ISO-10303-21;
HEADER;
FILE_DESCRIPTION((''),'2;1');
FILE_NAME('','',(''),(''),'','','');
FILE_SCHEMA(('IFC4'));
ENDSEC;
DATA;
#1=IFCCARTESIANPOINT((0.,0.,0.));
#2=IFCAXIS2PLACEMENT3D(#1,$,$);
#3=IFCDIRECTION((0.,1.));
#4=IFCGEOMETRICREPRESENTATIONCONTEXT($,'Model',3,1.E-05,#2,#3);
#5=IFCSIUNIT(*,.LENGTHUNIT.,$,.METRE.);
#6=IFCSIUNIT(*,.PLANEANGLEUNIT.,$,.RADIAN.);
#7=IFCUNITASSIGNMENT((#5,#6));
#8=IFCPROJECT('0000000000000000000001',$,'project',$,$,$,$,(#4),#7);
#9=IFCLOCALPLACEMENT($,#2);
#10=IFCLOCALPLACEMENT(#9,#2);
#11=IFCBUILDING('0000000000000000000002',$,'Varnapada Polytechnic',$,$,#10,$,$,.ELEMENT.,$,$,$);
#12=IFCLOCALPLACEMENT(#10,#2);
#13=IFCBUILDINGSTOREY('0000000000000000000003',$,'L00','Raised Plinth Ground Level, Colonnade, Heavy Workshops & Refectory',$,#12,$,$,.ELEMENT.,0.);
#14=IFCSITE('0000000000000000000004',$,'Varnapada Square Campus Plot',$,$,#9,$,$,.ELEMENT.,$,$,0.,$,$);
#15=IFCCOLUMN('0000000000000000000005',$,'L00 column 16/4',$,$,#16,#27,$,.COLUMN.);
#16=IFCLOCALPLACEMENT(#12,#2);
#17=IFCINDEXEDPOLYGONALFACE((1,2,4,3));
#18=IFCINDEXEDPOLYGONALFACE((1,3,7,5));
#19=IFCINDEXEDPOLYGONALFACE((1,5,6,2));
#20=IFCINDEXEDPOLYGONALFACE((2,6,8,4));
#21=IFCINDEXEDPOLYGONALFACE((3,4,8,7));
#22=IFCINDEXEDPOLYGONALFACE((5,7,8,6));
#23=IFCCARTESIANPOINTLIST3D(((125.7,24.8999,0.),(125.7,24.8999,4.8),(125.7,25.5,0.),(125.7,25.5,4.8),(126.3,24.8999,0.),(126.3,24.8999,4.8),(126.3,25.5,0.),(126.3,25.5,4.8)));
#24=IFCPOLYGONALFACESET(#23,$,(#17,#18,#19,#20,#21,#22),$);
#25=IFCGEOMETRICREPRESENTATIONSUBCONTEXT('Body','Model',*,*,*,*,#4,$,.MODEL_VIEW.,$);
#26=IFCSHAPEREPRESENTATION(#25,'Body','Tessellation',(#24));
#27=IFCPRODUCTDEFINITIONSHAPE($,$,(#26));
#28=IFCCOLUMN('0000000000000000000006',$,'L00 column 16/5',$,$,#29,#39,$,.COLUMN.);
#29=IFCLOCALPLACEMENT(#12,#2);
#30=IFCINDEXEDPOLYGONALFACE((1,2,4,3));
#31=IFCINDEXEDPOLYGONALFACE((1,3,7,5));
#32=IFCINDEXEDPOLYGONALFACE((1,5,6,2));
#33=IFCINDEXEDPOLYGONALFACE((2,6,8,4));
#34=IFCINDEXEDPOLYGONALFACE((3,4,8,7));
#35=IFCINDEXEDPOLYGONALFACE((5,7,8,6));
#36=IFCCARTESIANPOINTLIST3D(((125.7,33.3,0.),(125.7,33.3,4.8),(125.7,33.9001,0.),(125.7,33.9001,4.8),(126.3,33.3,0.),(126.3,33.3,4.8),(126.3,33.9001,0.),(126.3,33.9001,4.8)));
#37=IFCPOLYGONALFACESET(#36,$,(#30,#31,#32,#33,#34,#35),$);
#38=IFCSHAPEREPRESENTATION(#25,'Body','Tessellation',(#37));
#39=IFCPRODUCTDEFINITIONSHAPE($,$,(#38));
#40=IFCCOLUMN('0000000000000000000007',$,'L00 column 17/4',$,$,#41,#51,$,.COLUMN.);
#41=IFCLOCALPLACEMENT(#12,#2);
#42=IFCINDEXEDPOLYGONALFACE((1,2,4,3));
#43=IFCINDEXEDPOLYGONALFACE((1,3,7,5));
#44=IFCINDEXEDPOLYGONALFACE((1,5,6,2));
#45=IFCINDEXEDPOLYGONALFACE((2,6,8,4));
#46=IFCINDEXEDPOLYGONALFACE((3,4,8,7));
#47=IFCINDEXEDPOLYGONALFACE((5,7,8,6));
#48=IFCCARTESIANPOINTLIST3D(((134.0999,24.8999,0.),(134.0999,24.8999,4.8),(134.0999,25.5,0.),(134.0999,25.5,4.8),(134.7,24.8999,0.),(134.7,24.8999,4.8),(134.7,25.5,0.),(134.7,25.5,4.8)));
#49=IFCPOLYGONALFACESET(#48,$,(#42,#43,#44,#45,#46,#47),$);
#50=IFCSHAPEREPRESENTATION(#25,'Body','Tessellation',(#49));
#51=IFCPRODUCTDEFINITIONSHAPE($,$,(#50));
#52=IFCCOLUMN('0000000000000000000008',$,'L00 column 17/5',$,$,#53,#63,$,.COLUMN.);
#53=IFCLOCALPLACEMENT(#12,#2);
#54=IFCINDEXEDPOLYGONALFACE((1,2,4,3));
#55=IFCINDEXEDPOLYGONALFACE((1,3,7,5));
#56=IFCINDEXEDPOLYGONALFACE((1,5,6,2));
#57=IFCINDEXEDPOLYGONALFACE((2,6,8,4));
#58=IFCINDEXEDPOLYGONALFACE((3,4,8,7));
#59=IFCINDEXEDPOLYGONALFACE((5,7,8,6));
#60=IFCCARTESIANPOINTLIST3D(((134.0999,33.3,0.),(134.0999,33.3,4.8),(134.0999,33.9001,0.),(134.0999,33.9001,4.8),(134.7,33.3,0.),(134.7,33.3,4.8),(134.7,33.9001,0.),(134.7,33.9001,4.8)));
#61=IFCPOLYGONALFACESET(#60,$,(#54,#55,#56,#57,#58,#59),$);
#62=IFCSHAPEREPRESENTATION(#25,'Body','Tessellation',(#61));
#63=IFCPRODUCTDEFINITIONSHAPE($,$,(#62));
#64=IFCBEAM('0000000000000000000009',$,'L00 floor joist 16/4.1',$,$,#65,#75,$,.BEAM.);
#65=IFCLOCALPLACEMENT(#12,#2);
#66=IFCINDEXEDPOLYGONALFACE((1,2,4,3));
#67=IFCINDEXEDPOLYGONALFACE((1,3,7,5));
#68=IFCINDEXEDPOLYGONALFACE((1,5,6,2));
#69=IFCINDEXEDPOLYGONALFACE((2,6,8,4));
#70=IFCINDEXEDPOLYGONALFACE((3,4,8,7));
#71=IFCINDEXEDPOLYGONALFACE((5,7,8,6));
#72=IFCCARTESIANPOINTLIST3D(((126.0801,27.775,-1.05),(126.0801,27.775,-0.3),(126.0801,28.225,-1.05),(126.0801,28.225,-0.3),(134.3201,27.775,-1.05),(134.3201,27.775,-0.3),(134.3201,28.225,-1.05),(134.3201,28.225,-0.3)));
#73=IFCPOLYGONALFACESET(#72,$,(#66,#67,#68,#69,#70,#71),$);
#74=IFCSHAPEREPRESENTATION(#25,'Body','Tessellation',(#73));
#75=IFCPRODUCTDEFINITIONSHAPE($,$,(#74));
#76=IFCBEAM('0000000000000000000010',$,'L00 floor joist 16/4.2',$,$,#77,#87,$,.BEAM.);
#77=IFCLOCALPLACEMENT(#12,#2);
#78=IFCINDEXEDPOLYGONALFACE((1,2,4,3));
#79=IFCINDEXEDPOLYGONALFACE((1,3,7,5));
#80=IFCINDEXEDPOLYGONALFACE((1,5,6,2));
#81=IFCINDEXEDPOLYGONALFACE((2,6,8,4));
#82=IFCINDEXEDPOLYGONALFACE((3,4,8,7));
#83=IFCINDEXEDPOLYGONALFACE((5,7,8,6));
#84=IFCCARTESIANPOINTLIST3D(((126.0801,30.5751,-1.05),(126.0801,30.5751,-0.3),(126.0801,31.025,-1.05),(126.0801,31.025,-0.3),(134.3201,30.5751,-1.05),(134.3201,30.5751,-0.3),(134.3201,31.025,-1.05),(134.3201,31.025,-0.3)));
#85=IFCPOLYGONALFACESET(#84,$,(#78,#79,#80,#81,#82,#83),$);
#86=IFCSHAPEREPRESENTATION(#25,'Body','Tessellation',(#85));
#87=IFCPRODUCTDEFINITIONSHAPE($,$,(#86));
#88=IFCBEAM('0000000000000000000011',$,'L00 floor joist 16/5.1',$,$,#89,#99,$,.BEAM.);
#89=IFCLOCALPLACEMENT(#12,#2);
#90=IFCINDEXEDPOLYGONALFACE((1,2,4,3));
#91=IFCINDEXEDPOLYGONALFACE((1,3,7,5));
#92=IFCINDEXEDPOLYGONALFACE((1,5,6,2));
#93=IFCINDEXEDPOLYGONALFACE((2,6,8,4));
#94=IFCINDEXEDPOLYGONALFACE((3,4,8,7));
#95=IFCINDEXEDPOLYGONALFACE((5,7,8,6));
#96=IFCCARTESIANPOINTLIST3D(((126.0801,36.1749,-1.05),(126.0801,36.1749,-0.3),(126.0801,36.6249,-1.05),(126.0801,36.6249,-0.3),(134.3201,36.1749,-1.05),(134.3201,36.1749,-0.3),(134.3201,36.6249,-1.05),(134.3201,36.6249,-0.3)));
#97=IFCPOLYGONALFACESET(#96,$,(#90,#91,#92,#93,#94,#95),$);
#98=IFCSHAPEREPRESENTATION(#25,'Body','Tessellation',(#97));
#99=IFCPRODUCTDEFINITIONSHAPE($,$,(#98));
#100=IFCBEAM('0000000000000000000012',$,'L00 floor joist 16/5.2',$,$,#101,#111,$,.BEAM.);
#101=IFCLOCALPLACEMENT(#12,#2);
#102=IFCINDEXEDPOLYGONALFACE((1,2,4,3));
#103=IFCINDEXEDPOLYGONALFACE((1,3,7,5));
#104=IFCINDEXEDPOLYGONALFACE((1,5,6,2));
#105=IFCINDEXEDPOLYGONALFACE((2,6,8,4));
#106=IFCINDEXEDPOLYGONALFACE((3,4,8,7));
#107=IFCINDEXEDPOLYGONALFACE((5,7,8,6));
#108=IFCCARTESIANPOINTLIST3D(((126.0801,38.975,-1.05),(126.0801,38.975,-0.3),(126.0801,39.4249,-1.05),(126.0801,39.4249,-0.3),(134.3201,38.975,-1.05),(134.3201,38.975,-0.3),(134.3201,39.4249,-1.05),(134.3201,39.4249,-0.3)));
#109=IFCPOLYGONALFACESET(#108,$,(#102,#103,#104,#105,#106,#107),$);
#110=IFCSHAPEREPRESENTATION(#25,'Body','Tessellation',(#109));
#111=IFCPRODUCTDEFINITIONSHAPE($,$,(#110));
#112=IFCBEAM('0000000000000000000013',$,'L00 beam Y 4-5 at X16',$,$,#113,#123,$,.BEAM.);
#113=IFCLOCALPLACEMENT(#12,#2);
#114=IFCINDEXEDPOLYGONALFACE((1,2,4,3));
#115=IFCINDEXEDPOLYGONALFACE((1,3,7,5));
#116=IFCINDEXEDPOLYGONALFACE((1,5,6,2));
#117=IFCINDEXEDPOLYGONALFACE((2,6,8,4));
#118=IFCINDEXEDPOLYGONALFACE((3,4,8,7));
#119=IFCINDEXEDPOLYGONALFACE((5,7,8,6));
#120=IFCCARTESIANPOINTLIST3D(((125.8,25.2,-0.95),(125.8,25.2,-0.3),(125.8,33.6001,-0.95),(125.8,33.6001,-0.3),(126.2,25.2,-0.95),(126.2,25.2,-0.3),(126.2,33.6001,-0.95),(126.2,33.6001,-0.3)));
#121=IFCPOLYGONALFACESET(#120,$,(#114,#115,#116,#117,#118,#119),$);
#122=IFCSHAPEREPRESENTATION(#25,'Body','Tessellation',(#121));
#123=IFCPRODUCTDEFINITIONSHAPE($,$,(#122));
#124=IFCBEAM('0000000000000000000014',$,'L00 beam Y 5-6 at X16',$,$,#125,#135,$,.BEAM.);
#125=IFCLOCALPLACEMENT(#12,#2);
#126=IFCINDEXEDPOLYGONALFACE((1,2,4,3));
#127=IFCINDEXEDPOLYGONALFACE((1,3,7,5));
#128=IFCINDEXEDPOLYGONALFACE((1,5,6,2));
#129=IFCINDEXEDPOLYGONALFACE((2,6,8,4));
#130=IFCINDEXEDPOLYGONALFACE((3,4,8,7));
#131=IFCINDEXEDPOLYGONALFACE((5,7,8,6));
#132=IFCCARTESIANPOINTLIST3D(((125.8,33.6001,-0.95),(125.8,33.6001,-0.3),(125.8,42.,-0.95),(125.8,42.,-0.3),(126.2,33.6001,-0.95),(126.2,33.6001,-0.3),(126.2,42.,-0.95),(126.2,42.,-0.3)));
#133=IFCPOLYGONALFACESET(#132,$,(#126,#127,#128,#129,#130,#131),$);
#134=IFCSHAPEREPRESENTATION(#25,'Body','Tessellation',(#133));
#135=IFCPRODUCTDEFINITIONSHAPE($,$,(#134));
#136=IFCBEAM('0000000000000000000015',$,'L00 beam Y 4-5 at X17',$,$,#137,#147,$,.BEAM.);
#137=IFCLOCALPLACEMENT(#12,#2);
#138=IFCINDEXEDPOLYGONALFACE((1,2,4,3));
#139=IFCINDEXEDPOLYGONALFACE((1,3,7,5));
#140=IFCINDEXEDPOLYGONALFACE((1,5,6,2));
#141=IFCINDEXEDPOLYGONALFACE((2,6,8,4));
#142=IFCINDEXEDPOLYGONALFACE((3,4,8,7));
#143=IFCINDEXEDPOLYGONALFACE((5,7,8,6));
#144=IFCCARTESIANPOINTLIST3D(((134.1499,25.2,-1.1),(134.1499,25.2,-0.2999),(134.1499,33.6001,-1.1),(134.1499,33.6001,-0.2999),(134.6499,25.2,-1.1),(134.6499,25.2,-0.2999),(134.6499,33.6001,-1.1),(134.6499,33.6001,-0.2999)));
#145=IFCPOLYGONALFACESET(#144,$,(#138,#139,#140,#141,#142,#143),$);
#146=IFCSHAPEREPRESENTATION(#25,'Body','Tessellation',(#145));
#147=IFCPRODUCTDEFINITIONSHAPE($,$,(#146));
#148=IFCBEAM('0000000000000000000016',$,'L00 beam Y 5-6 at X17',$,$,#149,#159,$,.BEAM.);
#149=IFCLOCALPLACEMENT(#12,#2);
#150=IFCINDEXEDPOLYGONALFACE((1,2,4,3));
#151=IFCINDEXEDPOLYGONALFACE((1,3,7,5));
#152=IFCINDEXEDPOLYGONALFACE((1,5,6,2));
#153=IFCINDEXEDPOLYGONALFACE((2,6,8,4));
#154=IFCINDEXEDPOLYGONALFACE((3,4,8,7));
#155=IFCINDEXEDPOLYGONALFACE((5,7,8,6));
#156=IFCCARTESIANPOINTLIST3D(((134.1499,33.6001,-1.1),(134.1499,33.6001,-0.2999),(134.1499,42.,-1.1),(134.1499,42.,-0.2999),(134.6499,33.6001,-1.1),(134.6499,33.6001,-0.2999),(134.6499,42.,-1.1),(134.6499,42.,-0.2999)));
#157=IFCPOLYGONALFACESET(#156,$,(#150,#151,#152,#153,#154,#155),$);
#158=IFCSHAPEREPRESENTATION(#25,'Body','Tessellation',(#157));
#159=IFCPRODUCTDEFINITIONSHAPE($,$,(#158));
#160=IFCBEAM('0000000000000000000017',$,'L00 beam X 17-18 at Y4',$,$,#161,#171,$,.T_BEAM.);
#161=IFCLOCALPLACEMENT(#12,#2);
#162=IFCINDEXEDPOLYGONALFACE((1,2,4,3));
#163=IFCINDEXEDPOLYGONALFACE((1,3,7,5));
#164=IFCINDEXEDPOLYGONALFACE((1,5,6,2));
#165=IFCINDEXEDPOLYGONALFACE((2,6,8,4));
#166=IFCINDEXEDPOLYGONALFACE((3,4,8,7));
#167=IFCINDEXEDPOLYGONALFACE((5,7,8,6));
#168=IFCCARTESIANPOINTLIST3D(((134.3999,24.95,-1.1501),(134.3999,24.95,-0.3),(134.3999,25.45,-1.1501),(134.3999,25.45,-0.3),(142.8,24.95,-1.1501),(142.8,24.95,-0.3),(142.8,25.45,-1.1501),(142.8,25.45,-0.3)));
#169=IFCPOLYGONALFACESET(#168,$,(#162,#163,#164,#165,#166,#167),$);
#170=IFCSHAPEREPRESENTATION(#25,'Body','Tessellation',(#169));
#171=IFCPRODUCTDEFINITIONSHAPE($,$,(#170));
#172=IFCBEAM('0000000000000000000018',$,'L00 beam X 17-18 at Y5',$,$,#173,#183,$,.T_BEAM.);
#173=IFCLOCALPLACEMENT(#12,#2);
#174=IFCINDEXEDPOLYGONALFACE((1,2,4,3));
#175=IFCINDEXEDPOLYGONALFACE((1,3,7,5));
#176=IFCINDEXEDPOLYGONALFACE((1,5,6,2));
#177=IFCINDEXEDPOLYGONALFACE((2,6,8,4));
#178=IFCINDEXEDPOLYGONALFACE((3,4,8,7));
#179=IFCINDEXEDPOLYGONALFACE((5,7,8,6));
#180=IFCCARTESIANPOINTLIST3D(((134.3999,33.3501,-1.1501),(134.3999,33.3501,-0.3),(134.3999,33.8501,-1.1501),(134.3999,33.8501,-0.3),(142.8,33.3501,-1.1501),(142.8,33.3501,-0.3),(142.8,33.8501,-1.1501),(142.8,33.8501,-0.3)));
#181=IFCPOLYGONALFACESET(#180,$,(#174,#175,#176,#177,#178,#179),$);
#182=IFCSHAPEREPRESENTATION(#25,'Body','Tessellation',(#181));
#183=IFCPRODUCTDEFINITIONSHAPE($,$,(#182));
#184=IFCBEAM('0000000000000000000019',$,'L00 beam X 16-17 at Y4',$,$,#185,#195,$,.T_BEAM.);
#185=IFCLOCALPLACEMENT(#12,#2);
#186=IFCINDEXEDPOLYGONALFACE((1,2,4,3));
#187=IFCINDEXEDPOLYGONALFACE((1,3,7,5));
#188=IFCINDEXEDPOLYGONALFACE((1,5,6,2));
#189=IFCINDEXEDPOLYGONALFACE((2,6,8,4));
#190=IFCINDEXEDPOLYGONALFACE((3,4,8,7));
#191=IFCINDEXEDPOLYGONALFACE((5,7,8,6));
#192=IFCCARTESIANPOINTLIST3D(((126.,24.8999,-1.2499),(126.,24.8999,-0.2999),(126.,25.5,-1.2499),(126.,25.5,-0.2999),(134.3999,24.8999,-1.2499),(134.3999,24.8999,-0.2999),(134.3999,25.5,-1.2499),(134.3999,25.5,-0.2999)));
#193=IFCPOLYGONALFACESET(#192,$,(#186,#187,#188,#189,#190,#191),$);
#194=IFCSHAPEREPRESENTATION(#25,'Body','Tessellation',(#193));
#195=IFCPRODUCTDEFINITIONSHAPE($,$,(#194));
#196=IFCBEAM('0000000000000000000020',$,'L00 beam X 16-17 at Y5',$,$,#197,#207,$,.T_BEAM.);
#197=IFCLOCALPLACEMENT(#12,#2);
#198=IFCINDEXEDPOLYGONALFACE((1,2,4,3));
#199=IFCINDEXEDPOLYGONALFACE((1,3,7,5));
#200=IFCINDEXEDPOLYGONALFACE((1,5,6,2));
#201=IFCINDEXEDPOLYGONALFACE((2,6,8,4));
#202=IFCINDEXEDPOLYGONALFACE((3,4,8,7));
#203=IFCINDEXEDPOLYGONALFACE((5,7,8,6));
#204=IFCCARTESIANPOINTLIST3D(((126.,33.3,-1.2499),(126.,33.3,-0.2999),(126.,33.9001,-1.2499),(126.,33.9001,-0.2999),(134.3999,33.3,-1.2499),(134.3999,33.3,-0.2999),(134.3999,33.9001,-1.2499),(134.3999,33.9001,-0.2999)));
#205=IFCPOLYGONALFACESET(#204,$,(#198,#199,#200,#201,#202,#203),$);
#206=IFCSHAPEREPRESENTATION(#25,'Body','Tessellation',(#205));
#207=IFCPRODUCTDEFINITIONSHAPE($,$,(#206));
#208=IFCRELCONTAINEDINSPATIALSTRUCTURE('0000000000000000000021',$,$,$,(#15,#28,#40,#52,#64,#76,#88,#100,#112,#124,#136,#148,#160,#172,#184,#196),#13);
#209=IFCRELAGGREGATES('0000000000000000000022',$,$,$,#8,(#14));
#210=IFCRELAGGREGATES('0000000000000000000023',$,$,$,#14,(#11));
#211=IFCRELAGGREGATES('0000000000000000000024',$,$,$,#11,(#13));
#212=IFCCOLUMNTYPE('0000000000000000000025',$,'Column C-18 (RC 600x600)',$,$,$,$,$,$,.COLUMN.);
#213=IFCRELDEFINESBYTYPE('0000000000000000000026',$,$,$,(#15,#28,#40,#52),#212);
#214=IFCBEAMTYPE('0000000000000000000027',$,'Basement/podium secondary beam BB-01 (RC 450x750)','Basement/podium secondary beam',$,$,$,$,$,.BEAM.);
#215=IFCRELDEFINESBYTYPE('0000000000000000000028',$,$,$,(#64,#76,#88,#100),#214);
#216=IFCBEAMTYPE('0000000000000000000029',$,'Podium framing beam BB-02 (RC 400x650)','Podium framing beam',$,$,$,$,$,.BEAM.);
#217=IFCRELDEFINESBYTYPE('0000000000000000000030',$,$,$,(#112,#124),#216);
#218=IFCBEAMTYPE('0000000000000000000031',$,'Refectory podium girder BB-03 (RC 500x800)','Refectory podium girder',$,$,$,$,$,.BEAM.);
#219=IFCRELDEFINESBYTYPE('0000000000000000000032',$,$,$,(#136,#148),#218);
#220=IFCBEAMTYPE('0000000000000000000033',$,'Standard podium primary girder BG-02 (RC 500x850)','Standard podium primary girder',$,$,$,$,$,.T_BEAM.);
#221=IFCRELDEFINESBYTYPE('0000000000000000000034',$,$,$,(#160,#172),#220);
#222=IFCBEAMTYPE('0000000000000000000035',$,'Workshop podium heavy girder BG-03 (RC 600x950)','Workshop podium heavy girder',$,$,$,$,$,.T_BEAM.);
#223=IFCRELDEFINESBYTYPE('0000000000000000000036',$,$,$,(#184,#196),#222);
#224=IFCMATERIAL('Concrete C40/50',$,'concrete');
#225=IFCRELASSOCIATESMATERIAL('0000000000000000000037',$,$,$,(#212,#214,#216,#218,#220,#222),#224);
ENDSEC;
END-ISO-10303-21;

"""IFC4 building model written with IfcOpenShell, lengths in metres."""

from ifc_helpers import new_model, si_unit, direction, frame, origin, origin_2d, place, context, subcontext, project, spatial, rectangle, extrude, material, material_profile, profile_set, type_object, element, save


model = new_model("IFC4")

# Units and contexts
model_context = context("Model", 3, precision=1e-05, world=origin(), true_north=direction((0.0, 1.0)))
body_context = subcontext(model_context, "Body", "Model", "MODEL_VIEW")
ifc_project = project(units=[si_unit("LENGTHUNIT", "METRE"), si_unit("PLANEANGLEUNIT", "RADIAN")], contexts=[model_context])

# Site, building, storey
site_placement = place(None, origin())
site = spatial("IfcSite", under=ifc_project, at=site_placement, Name="Varnapada Square Campus Plot", CompositionType="ELEMENT", RefElevation=0.0)
building_placement = place(site_placement, origin())
building = spatial("IfcBuilding", under=site, at=building_placement, Name="Varnapada Polytechnic", CompositionType="ELEMENT")
storey_placement = place(building_placement, origin())
storey = spatial("IfcBuildingStorey", under=building, at=storey_placement, Name="L00", Description="Raised Plinth Ground Level, Colonnade, Heavy Workshops & Refectory", CompositionType="ELEMENT", Elevation=0.0)

# Columns
ifc_material_1 = material(Name="Concrete C40/50", Category="concrete")
ifc_material_profile_1 = material_profile(ifc_material_1, rectangle(XDim=0.6001, YDim=0.6001, at=origin_2d()), Name="RC 600x600")
ifc_profile_set_1 = profile_set([ifc_material_profile_1], Name="Concrete C40/50")
column_type = type_object("IfcColumnType", Name="Column C-18 (RC 600x600)", PredefinedType="COLUMN", material=ifc_profile_set_1)
for number, where, z_axis, x_axis, name in (
    (1, (126.0, 25.2, 0.0), (0.0, 0.0, 1.0), (1.0, 0.0, 0.0), "L00 column 16/4"),
    (2, (126.0, 33.6001, 0.0), (0.0, 0.0, 1.0), (1.0, 0.0, 0.0), "L00 column 16/5"),
    (3, (134.3999, 25.2, 0.0), (0.0, 0.0, 1.0), (1.0, 0.0, 0.0), "L00 column 17/4"),
    (4, (134.3999, 33.6001, 0.0), (0.0, 0.0, 1.0), (1.0, 0.0, 0.0), "L00 column 17/5"),
):
    element("IfcColumn", number, at=place(storey_placement, frame(where, z_axis=z_axis, x_axis=x_axis)), inside=storey, type_object=column_type, Name=name, PredefinedType="COLUMN", context=body_context, shape_type="SweptSolid", body=[
        extrude(rectangle(XDim=0.6001, YDim=0.6001, at=origin_2d()), origin(), (0.0, 0.0, 1.0), 4.8),
    ])

# Beams
ifc_material_profile_2 = material_profile(ifc_material_1, rectangle(XDim=0.45, YDim=0.75, at=origin_2d()), Name="RC 450x750")
ifc_profile_set_2 = profile_set([ifc_material_profile_2], Name="Concrete C40/50")
beam_type_1 = type_object("IfcBeamType", Name="Basement/podium secondary beam BB-01 (RC 450x750)", Description="Basement/podium secondary beam", PredefinedType="BEAM", material=ifc_profile_set_2)
for number, where, z_axis, x_axis, name in (
    (5, (126.0801, 28.0, -0.675), (1.0, 0.0, 0.0), (0.0, 1.0, 0.0), "L00 floor joist 16/4.1"),
    (6, (126.0801, 30.8, -0.675), (1.0, 0.0, 0.0), (0.0, 1.0, 0.0), "L00 floor joist 16/4.2"),
    (7, (126.0801, 36.3999, -0.675), (1.0, 0.0, 0.0), (0.0, 1.0, 0.0), "L00 floor joist 16/5.1"),
    (8, (126.0801, 39.2, -0.675), (1.0, 0.0, 0.0), (0.0, 1.0, 0.0), "L00 floor joist 16/5.2"),
):
    element("IfcBeam", number, at=place(storey_placement, frame(where, z_axis=z_axis, x_axis=x_axis)), inside=storey, type_object=beam_type_1, Name=name, PredefinedType="BEAM", context=body_context, shape_type="SweptSolid", body=[
        extrude(rectangle(XDim=0.45, YDim=0.75, at=origin_2d()), origin(), (0.0, 0.0, 1.0), 8.24),
    ])
ifc_material_profile_3 = material_profile(ifc_material_1, rectangle(XDim=0.3999, YDim=0.6499, at=origin_2d()), Name="RC 400x650")
ifc_profile_set_3 = profile_set([ifc_material_profile_3], Name="Concrete C40/50")
beam_type_2 = type_object("IfcBeamType", Name="Podium framing beam BB-02 (RC 400x650)", Description="Podium framing beam", PredefinedType="BEAM", material=ifc_profile_set_3)
beam_1_placement = place(storey_placement, frame((126.0, 25.2, -0.625), z_axis=(0.0, 1.0, 0.0), x_axis=(-1.0, 0.0, 0.0)))
element("IfcBeam", 9, at=beam_1_placement, inside=storey, type_object=beam_type_2, Name="L00 beam Y 4-5 at X16", PredefinedType="BEAM", context=body_context, shape_type="SweptSolid", body=[
    extrude(rectangle(XDim=0.3999, YDim=0.6499, at=origin_2d()), origin(), (0.0, 0.0, 1.0), 8.4001),
])
beam_2_placement = place(storey_placement, frame((126.0, 33.6001, -0.625), z_axis=(0.0, 1.0, 0.0), x_axis=(-1.0, 0.0, 0.0)))
element("IfcBeam", 10, at=beam_2_placement, inside=storey, type_object=beam_type_2, Name="L00 beam Y 5-6 at X16", PredefinedType="BEAM", context=body_context, shape_type="SweptSolid", body=[
    extrude(rectangle(XDim=0.3999, YDim=0.6499, at=origin_2d()), origin(), (0.0, 0.0, 1.0), 8.3999),
])
ifc_material_profile_4 = material_profile(ifc_material_1, rectangle(XDim=0.5, YDim=0.8, at=origin_2d()), Name="RC 500x800")
ifc_profile_set_4 = profile_set([ifc_material_profile_4], Name="Concrete C40/50")
beam_type_3 = type_object("IfcBeamType", Name="Refectory podium girder BB-03 (RC 500x800)", Description="Refectory podium girder", PredefinedType="BEAM", material=ifc_profile_set_4)
beam_3_placement = place(storey_placement, frame((134.3999, 25.2, -0.7), z_axis=(0.0, 1.0, 0.0), x_axis=(-1.0, 0.0, 0.0)))
element("IfcBeam", 11, at=beam_3_placement, inside=storey, type_object=beam_type_3, Name="L00 beam Y 4-5 at X17", PredefinedType="BEAM", context=body_context, shape_type="SweptSolid", body=[
    extrude(rectangle(XDim=0.5, YDim=0.8, at=origin_2d()), origin(), (0.0, 0.0, 1.0), 8.4001),
])
beam_4_placement = place(storey_placement, frame((134.3999, 33.6001, -0.7), z_axis=(0.0, 1.0, 0.0), x_axis=(-1.0, 0.0, 0.0)))
element("IfcBeam", 12, at=beam_4_placement, inside=storey, type_object=beam_type_3, Name="L00 beam Y 5-6 at X17", PredefinedType="BEAM", context=body_context, shape_type="SweptSolid", body=[
    extrude(rectangle(XDim=0.5, YDim=0.8, at=origin_2d()), origin(), (0.0, 0.0, 1.0), 8.3999),
])
ifc_material_profile_5 = material_profile(ifc_material_1, rectangle(XDim=0.5, YDim=0.8501, at=origin_2d()), Name="RC 500x850")
ifc_profile_set_5 = profile_set([ifc_material_profile_5], Name="Concrete C40/50")
beam_type_4 = type_object("IfcBeamType", Name="Standard podium primary girder BG-02 (RC 500x850)", Description="Standard podium primary girder", PredefinedType="T_BEAM", material=ifc_profile_set_5)
for number, where, z_axis, x_axis, name in (
    (13, (134.3999, 25.2, -0.7251), (1.0, 0.0, 0.0), (0.0, 1.0, 0.0), "L00 beam X 17-18 at Y4"),
    (14, (134.3999, 33.6001, -0.7251), (1.0, 0.0, 0.0), (0.0, 1.0, 0.0), "L00 beam X 17-18 at Y5"),
):
    element("IfcBeam", number, at=place(storey_placement, frame(where, z_axis=z_axis, x_axis=x_axis)), inside=storey, type_object=beam_type_4, Name=name, PredefinedType="T_BEAM", context=body_context, shape_type="SweptSolid", body=[
        extrude(rectangle(XDim=0.5, YDim=0.8501, at=origin_2d()), origin(), (0.0, 0.0, 1.0), 8.4001),
    ])
ifc_material_profile_6 = material_profile(ifc_material_1, rectangle(XDim=0.6001, YDim=0.95, at=origin_2d()), Name="RC 600x950")
ifc_profile_set_6 = profile_set([ifc_material_profile_6], Name="Concrete C40/50")
beam_type_5 = type_object("IfcBeamType", Name="Workshop podium heavy girder BG-03 (RC 600x950)", Description="Workshop podium heavy girder", PredefinedType="T_BEAM", material=ifc_profile_set_6)
for number, where, z_axis, x_axis, name in (
    (15, (126.0, 25.2, -0.7749), (1.0, 0.0, 0.0), (0.0, 1.0, 0.0), "L00 beam X 16-17 at Y4"),
    (16, (126.0, 33.6001, -0.7749), (1.0, 0.0, 0.0), (0.0, 1.0, 0.0), "L00 beam X 16-17 at Y5"),
):
    element("IfcBeam", number, at=place(storey_placement, frame(where, z_axis=z_axis, x_axis=x_axis)), inside=storey, type_object=beam_type_5, Name=name, PredefinedType="T_BEAM", context=body_context, shape_type="SweptSolid", body=[
        extrude(rectangle(XDim=0.6001, YDim=0.95, at=origin_2d()), origin(), (0.0, 0.0, 1.0), 8.3999),
    ])

save(model, "model.ifc")
